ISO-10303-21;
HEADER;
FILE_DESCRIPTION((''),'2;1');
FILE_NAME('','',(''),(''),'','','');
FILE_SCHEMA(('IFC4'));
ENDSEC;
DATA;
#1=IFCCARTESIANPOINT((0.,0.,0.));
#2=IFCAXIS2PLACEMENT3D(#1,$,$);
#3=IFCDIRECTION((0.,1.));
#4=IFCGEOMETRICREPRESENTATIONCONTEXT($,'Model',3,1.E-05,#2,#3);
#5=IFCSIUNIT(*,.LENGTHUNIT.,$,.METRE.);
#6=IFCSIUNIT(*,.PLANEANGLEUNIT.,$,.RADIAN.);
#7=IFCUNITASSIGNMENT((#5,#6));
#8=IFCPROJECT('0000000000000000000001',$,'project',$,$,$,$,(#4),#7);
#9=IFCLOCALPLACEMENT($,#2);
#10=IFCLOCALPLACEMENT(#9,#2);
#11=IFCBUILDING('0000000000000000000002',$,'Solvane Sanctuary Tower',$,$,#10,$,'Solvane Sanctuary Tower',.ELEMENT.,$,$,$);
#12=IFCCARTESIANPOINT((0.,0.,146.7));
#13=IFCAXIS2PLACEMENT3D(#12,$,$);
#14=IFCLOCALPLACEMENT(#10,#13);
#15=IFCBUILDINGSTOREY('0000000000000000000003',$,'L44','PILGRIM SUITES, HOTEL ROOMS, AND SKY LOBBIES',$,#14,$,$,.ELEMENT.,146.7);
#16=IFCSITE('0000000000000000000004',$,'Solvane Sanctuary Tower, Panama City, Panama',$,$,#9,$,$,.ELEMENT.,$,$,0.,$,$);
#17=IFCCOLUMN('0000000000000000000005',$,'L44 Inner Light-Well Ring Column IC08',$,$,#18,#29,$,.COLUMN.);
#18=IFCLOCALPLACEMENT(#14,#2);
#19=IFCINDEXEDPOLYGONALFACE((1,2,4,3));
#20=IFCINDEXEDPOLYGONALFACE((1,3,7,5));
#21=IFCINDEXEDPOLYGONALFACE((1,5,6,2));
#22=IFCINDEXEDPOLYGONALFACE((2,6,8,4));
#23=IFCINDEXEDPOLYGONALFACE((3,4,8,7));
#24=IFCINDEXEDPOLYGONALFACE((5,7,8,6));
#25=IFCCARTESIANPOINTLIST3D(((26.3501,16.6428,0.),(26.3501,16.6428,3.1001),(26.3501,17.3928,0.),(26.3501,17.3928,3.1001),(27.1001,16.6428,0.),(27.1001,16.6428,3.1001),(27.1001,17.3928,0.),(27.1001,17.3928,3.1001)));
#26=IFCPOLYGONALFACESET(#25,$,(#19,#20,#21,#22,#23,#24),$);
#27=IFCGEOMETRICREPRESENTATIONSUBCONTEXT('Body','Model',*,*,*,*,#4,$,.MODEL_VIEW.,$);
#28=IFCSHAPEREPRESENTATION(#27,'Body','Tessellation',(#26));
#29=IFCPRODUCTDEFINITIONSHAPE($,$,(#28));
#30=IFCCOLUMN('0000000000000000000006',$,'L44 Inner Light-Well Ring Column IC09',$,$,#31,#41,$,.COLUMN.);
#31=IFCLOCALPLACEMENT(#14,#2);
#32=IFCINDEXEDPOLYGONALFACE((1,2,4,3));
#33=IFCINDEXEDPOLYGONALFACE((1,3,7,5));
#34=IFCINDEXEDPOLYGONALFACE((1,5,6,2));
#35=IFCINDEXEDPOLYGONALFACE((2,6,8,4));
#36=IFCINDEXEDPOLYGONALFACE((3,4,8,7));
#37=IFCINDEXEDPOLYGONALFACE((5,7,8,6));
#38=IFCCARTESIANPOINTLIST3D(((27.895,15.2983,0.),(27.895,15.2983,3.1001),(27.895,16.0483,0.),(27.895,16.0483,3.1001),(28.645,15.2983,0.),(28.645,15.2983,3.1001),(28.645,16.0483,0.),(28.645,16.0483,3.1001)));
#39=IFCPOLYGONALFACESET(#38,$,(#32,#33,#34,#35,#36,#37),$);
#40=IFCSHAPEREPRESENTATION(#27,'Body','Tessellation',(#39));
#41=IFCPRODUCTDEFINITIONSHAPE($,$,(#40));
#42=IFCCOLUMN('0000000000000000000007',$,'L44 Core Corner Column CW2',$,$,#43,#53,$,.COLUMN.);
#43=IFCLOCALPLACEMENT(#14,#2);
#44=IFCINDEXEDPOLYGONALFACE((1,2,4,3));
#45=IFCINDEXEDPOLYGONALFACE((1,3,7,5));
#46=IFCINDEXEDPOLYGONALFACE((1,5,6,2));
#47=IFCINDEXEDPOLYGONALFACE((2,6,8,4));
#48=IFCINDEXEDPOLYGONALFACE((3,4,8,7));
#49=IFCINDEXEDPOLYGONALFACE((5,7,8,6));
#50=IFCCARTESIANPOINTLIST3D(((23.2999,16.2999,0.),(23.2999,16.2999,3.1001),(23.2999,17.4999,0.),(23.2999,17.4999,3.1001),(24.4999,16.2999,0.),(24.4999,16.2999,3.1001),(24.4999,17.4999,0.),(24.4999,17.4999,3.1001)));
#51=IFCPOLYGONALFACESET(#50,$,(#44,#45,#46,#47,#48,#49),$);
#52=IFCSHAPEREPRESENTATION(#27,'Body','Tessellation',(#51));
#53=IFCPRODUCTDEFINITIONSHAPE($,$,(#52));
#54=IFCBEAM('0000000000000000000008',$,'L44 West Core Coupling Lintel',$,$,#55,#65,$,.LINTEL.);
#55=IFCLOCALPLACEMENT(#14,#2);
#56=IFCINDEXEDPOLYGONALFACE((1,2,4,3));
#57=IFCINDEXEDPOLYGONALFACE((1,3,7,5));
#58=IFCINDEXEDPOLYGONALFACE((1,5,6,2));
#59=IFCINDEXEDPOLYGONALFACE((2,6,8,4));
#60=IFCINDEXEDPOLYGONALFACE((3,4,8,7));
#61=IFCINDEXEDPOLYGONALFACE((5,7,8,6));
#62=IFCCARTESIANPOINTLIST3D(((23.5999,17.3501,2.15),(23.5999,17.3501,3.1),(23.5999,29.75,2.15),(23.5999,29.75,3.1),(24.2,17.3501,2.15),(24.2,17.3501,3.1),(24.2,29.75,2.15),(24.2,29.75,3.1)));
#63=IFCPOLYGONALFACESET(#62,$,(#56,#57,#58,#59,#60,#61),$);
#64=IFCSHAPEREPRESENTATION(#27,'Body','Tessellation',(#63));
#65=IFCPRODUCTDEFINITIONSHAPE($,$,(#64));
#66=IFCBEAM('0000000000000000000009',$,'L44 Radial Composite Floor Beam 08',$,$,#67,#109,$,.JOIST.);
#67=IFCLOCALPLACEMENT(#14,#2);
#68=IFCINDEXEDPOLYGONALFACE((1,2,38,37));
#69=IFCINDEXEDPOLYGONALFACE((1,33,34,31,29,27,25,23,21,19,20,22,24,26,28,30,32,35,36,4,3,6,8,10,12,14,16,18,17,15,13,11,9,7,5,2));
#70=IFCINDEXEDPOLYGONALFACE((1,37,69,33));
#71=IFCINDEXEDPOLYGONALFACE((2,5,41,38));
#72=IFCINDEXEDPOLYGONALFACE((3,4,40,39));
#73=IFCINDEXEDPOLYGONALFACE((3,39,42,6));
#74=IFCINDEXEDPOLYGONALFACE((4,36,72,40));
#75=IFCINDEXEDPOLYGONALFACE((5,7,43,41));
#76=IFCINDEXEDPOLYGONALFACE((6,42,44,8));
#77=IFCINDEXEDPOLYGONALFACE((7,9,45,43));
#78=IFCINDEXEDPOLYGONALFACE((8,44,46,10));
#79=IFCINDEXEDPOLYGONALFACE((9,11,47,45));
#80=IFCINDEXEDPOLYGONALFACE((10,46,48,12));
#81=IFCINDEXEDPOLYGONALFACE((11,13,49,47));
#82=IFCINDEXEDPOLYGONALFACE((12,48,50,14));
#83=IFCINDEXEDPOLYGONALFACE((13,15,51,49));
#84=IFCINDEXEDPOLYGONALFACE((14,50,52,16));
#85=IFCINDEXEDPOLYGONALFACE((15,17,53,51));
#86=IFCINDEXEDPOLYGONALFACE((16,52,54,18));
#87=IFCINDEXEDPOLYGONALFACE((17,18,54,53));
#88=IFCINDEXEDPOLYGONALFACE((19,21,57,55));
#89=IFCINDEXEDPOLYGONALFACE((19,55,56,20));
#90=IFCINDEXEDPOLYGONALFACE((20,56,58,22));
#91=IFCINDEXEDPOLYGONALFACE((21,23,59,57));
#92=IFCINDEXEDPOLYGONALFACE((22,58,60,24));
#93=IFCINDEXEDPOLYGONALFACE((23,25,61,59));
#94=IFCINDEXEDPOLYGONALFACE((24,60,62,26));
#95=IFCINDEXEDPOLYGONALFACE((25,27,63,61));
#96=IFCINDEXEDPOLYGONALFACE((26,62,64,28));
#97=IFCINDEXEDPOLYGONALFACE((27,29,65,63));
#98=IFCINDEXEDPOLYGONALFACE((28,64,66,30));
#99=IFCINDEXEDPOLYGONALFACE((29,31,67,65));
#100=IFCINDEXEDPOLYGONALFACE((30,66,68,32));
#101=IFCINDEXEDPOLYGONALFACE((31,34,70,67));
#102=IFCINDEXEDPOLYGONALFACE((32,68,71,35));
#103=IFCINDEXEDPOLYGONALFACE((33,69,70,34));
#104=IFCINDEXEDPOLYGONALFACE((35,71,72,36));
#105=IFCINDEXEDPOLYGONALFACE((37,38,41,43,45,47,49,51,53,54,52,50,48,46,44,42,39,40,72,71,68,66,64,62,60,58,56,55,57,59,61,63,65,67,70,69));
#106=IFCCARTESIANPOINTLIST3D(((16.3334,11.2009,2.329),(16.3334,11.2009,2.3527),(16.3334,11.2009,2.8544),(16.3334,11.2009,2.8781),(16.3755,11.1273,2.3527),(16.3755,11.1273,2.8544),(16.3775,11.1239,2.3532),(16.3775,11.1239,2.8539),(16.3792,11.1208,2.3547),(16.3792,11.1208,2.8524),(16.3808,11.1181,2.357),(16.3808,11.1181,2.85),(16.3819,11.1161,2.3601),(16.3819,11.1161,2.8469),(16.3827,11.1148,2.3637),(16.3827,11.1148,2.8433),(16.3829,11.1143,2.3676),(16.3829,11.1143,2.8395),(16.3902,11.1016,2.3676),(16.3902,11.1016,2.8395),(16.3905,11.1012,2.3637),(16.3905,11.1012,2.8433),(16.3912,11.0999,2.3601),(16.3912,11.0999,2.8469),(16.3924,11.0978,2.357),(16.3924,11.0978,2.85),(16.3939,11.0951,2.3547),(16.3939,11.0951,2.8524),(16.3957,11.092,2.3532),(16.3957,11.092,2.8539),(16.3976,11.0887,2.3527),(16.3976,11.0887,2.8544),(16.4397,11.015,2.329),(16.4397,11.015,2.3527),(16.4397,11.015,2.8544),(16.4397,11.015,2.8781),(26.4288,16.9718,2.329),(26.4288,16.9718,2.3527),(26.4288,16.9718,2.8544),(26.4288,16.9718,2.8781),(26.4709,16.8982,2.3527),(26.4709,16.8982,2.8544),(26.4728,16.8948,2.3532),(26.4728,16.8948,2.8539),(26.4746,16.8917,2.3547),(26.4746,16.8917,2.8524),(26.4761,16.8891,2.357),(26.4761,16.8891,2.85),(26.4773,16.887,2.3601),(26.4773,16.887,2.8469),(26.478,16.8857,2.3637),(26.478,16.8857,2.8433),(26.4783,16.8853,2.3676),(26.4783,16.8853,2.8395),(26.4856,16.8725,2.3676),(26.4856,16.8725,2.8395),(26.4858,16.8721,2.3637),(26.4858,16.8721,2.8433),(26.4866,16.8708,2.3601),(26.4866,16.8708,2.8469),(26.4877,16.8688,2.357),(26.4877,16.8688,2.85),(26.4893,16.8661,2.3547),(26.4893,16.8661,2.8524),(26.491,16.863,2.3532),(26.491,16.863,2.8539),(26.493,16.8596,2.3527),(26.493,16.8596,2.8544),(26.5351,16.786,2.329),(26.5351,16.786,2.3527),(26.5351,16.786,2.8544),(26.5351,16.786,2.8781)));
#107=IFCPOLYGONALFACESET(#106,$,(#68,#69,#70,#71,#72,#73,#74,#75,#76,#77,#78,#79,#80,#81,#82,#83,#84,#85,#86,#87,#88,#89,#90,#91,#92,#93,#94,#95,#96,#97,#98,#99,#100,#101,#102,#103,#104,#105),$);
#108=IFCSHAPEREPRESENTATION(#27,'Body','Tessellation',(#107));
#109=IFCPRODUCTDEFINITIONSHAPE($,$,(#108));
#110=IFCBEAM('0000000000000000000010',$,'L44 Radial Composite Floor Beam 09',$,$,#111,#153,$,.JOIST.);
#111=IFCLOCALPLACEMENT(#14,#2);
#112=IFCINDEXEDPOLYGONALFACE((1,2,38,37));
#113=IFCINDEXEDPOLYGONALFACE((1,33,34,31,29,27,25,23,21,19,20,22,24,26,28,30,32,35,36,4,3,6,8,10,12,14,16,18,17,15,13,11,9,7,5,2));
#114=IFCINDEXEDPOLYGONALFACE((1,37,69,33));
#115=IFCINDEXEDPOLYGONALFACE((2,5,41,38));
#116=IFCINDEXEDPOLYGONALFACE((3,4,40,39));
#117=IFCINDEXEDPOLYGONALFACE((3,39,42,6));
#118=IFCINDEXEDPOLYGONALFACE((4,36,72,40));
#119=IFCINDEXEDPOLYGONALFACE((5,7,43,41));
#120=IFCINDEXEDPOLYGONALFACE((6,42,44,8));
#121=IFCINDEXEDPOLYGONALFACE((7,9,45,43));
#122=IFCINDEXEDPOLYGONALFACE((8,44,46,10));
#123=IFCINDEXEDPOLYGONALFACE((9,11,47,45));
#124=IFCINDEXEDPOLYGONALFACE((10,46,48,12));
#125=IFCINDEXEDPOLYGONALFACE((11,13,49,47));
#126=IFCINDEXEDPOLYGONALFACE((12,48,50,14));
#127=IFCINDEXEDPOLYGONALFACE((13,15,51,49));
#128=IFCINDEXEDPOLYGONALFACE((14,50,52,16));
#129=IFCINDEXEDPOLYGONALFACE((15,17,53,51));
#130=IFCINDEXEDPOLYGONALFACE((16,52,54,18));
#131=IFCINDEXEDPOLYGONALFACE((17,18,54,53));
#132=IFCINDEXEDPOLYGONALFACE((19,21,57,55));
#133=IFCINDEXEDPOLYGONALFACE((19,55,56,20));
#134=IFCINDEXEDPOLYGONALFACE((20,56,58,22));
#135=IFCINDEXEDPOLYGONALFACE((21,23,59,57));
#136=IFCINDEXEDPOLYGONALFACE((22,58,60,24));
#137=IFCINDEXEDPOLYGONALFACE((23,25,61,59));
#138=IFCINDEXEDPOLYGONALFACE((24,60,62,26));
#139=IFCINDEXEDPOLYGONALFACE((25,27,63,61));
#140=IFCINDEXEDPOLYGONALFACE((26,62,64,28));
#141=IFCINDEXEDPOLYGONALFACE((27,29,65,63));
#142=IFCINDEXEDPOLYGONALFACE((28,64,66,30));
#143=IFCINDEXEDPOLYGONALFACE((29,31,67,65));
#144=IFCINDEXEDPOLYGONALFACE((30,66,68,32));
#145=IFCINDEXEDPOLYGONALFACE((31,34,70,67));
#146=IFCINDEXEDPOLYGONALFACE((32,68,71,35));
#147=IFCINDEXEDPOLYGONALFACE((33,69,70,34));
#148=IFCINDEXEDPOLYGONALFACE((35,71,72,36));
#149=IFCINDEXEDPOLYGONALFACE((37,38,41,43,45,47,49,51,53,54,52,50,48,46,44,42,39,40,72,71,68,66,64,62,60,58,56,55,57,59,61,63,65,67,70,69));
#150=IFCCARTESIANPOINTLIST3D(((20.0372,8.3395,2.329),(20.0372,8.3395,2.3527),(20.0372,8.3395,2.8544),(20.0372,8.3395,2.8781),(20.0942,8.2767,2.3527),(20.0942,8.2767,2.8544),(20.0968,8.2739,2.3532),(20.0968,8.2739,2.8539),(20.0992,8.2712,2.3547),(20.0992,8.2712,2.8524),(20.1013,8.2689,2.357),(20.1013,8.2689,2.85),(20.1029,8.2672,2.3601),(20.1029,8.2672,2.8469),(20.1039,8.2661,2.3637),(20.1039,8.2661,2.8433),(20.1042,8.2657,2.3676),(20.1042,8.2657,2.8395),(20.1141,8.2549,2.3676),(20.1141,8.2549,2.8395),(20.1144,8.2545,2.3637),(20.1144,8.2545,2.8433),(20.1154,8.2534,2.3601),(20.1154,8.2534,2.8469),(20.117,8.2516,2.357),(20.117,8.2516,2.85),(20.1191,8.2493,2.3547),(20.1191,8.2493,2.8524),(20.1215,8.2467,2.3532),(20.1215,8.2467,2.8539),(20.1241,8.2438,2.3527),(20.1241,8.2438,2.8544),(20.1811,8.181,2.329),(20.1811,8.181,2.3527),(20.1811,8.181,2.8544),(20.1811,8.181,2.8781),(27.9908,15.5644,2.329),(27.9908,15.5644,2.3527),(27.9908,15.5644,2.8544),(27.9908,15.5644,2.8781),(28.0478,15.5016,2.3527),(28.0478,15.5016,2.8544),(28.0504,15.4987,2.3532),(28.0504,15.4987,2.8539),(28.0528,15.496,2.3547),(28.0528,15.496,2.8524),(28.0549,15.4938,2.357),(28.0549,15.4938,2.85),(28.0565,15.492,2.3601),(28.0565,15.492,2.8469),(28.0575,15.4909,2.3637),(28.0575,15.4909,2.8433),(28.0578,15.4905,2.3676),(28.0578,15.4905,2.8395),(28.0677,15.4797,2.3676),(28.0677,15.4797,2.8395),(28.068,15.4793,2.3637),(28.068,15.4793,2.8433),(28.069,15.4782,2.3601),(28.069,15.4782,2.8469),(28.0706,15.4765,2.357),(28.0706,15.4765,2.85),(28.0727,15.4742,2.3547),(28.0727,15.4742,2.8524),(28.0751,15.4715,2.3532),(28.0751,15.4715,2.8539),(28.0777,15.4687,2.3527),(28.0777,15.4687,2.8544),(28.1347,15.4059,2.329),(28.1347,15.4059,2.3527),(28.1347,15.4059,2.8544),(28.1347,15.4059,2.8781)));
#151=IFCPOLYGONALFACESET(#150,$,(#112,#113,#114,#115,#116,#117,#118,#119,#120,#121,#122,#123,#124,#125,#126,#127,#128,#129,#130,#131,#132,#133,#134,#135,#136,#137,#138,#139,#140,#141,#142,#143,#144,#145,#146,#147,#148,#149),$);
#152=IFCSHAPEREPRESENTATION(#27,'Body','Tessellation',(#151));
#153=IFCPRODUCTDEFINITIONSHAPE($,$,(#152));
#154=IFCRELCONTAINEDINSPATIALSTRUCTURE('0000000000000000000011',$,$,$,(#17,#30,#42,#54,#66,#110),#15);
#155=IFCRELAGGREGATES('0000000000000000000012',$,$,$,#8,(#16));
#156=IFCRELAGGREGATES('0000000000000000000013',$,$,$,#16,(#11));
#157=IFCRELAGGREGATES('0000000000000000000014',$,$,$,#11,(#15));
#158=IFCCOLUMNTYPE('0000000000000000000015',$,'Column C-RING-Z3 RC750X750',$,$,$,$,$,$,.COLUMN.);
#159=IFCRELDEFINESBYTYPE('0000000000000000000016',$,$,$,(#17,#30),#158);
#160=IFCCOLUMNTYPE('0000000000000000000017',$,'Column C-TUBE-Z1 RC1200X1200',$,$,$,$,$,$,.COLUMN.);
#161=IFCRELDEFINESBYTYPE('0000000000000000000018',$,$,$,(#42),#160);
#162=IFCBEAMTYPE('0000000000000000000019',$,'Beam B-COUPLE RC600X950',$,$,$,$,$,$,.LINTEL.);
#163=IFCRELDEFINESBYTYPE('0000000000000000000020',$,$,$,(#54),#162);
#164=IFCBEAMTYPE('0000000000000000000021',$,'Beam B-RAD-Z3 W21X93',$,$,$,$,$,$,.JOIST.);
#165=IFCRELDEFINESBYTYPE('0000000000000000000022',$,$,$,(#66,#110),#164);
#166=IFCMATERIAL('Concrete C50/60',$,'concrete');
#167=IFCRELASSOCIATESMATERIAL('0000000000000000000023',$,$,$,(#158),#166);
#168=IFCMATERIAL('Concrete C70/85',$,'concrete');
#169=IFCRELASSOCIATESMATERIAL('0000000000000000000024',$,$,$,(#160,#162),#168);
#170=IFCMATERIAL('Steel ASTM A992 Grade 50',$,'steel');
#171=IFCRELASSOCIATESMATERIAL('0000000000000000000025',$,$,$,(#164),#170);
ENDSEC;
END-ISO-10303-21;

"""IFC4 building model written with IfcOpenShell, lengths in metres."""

from ifc_helpers import new_model, si_unit, direction, frame, origin, origin_2d, place, context, subcontext, project, spatial, rectangle, i_section, extrude, material, material_profile, profile_set, type_object, element, save


model = new_model("IFC4")

# Units and contexts
model_context = context("Model", 3, precision=1e-05, world=origin(), true_north=direction((0.0, 1.0)))
body_context = subcontext(model_context, "Body", "Model", "MODEL_VIEW")
ifc_project = project(units=[si_unit("LENGTHUNIT", "METRE"), si_unit("PLANEANGLEUNIT", "RADIAN")], contexts=[model_context])

# Site, building, storey
site_placement = place(None, origin())
site = spatial("IfcSite", under=ifc_project, at=site_placement, Name="Solvane Sanctuary Tower, Panama City, Panama", CompositionType="ELEMENT", RefElevation=0.0)
building_placement = place(site_placement, origin())
building = spatial("IfcBuilding", under=site, at=building_placement, Name="Solvane Sanctuary Tower", LongName="Solvane Sanctuary Tower", CompositionType="ELEMENT")
storey_placement = place(building_placement, frame((0.0, 0.0, 146.7)))
storey = spatial("IfcBuildingStorey", under=building, at=storey_placement, Name="L44", Description="PILGRIM SUITES, HOTEL ROOMS, AND SKY LOBBIES", CompositionType="ELEMENT", Elevation=146.7)

# Columns
ifc_material_1 = material(Name="Concrete C50/60", Category="concrete")
ifc_material_profile_1 = material_profile(ifc_material_1, rectangle(XDim=0.75, YDim=0.75, at=origin_2d()), Name="RC750X750")
ifc_profile_set_1 = profile_set([ifc_material_profile_1], Name="Concrete C50/60")
column_type_1 = type_object("IfcColumnType", Name="Column C-RING-Z3 RC750X750", PredefinedType="COLUMN", material=ifc_profile_set_1)
for number, where, z_axis, x_axis, name in (
    (1, (26.7251, 17.0178, 0.0), (0.0, 0.0, 1.0), (1.0, 0.0, 0.0), "L44 Inner Light-Well Ring Column IC08"),
    (2, (28.27, 15.6733, 0.0), (0.0, 0.0, 1.0), (1.0, 0.0, 0.0), "L44 Inner Light-Well Ring Column IC09"),
):
    element("IfcColumn", number, at=place(storey_placement, frame(where, z_axis=z_axis, x_axis=x_axis)), inside=storey, type_object=column_type_1, Name=name, PredefinedType="COLUMN", context=body_context, shape_type="SweptSolid", body=[
        extrude(rectangle(XDim=0.75, YDim=0.75, at=origin_2d()), origin(), (0.0, 0.0, 1.0), 3.1001),
    ])
ifc_material_2 = material(Name="Concrete C70/85", Category="concrete")
ifc_material_profile_2 = material_profile(ifc_material_2, rectangle(XDim=1.2, YDim=1.2, at=origin_2d()), Name="RC1200X1200")
ifc_profile_set_2 = profile_set([ifc_material_profile_2], Name="Concrete C70/85")
column_type_2 = type_object("IfcColumnType", Name="Column C-TUBE-Z1 RC1200X1200", PredefinedType="COLUMN", material=ifc_profile_set_2)
column_placement = place(storey_placement, frame((23.8999, 16.8999, 0.0), z_axis=(0.0, 0.0, 1.0), x_axis=(1.0, 0.0, 0.0)))
element("IfcColumn", 3, at=column_placement, inside=storey, type_object=column_type_2, Name="L44 Core Corner Column CW2", PredefinedType="COLUMN", context=body_context, shape_type="SweptSolid", body=[
    extrude(rectangle(XDim=1.2, YDim=1.2, at=origin_2d()), origin(), (0.0, 0.0, 1.0), 3.1001),
])

# Beams
ifc_material_profile_3 = material_profile(ifc_material_2, rectangle(XDim=0.6001, YDim=0.95, at=origin_2d()), Name="RC600X950")
ifc_profile_set_3 = profile_set([ifc_material_profile_3], Name="Concrete C70/85")
beam_type_1 = type_object("IfcBeamType", Name="Beam B-COUPLE RC600X950", PredefinedType="LINTEL", material=ifc_profile_set_3)
beam_1_placement = place(storey_placement, frame((23.8999, 17.3501, 2.625), z_axis=(0.0, 1.0, 0.0), x_axis=(-1.0, 0.0, 0.0)))
element("IfcBeam", 4, at=beam_1_placement, inside=storey, type_object=beam_type_1, Name="L44 West Core Coupling Lintel", PredefinedType="LINTEL", context=body_context, shape_type="SweptSolid", body=[
    extrude(rectangle(XDim=0.6001, YDim=0.95, at=origin_2d()), origin(), (0.0, 0.0, 1.0), 12.3999),
])
ifc_material_3 = material(Name="Steel ASTM A992 Grade 50", Category="steel")
ifc_material_profile_4 = material_profile(ifc_material_3, i_section(OverallWidth=0.2141, OverallDepth=0.5491, WebThickness=0.0146, FlangeThickness=0.0237, FilletRadius=0.0149, at=origin_2d()), Name="W21X93")
ifc_profile_set_4 = profile_set([ifc_material_profile_4], Name="Steel ASTM A992 Grade 50")
beam_type_2 = type_object("IfcBeamType", Name="Beam B-RAD-Z3 W21X93", PredefinedType="JOIST", material=ifc_profile_set_4)
beam_2_placement = place(storey_placement, frame((26.4819, 16.8789, 2.6035), z_axis=(-0.868163, -0.496279, 0.0), x_axis=(0.496279, -0.868163, 0.0)))
element("IfcBeam", 5, at=beam_2_placement, inside=storey, type_object=beam_type_2, Name="L44 Radial Composite Floor Beam 08", PredefinedType="JOIST", context=body_context, shape_type="SweptSolid", body=[
    extrude(i_section(OverallWidth=0.2141, OverallDepth=0.5491, WebThickness=0.0146, FlangeThickness=0.0237, FilletRadius=0.0149, at=origin_2d()), origin(), (0.0, 0.0, 1.0), 11.6284),
])
beam_3_placement = place(storey_placement, frame((28.0627, 15.4851, 2.6035), z_axis=(-0.740204, -0.672382, 0.0), x_axis=(0.672382, -0.740204, 0.0)))
element("IfcBeam", 6, at=beam_3_placement, inside=storey, type_object=beam_type_2, Name="L44 Radial Composite Floor Beam 09", PredefinedType="JOIST", context=body_context, shape_type="SweptSolid", body=[
    extrude(i_section(OverallWidth=0.2141, OverallDepth=0.5491, WebThickness=0.0146, FlangeThickness=0.0237, FilletRadius=0.0149, at=origin_2d()), origin(), (0.0, 0.0, 1.0), 10.7451),
])

save(model, "model.ifc")
